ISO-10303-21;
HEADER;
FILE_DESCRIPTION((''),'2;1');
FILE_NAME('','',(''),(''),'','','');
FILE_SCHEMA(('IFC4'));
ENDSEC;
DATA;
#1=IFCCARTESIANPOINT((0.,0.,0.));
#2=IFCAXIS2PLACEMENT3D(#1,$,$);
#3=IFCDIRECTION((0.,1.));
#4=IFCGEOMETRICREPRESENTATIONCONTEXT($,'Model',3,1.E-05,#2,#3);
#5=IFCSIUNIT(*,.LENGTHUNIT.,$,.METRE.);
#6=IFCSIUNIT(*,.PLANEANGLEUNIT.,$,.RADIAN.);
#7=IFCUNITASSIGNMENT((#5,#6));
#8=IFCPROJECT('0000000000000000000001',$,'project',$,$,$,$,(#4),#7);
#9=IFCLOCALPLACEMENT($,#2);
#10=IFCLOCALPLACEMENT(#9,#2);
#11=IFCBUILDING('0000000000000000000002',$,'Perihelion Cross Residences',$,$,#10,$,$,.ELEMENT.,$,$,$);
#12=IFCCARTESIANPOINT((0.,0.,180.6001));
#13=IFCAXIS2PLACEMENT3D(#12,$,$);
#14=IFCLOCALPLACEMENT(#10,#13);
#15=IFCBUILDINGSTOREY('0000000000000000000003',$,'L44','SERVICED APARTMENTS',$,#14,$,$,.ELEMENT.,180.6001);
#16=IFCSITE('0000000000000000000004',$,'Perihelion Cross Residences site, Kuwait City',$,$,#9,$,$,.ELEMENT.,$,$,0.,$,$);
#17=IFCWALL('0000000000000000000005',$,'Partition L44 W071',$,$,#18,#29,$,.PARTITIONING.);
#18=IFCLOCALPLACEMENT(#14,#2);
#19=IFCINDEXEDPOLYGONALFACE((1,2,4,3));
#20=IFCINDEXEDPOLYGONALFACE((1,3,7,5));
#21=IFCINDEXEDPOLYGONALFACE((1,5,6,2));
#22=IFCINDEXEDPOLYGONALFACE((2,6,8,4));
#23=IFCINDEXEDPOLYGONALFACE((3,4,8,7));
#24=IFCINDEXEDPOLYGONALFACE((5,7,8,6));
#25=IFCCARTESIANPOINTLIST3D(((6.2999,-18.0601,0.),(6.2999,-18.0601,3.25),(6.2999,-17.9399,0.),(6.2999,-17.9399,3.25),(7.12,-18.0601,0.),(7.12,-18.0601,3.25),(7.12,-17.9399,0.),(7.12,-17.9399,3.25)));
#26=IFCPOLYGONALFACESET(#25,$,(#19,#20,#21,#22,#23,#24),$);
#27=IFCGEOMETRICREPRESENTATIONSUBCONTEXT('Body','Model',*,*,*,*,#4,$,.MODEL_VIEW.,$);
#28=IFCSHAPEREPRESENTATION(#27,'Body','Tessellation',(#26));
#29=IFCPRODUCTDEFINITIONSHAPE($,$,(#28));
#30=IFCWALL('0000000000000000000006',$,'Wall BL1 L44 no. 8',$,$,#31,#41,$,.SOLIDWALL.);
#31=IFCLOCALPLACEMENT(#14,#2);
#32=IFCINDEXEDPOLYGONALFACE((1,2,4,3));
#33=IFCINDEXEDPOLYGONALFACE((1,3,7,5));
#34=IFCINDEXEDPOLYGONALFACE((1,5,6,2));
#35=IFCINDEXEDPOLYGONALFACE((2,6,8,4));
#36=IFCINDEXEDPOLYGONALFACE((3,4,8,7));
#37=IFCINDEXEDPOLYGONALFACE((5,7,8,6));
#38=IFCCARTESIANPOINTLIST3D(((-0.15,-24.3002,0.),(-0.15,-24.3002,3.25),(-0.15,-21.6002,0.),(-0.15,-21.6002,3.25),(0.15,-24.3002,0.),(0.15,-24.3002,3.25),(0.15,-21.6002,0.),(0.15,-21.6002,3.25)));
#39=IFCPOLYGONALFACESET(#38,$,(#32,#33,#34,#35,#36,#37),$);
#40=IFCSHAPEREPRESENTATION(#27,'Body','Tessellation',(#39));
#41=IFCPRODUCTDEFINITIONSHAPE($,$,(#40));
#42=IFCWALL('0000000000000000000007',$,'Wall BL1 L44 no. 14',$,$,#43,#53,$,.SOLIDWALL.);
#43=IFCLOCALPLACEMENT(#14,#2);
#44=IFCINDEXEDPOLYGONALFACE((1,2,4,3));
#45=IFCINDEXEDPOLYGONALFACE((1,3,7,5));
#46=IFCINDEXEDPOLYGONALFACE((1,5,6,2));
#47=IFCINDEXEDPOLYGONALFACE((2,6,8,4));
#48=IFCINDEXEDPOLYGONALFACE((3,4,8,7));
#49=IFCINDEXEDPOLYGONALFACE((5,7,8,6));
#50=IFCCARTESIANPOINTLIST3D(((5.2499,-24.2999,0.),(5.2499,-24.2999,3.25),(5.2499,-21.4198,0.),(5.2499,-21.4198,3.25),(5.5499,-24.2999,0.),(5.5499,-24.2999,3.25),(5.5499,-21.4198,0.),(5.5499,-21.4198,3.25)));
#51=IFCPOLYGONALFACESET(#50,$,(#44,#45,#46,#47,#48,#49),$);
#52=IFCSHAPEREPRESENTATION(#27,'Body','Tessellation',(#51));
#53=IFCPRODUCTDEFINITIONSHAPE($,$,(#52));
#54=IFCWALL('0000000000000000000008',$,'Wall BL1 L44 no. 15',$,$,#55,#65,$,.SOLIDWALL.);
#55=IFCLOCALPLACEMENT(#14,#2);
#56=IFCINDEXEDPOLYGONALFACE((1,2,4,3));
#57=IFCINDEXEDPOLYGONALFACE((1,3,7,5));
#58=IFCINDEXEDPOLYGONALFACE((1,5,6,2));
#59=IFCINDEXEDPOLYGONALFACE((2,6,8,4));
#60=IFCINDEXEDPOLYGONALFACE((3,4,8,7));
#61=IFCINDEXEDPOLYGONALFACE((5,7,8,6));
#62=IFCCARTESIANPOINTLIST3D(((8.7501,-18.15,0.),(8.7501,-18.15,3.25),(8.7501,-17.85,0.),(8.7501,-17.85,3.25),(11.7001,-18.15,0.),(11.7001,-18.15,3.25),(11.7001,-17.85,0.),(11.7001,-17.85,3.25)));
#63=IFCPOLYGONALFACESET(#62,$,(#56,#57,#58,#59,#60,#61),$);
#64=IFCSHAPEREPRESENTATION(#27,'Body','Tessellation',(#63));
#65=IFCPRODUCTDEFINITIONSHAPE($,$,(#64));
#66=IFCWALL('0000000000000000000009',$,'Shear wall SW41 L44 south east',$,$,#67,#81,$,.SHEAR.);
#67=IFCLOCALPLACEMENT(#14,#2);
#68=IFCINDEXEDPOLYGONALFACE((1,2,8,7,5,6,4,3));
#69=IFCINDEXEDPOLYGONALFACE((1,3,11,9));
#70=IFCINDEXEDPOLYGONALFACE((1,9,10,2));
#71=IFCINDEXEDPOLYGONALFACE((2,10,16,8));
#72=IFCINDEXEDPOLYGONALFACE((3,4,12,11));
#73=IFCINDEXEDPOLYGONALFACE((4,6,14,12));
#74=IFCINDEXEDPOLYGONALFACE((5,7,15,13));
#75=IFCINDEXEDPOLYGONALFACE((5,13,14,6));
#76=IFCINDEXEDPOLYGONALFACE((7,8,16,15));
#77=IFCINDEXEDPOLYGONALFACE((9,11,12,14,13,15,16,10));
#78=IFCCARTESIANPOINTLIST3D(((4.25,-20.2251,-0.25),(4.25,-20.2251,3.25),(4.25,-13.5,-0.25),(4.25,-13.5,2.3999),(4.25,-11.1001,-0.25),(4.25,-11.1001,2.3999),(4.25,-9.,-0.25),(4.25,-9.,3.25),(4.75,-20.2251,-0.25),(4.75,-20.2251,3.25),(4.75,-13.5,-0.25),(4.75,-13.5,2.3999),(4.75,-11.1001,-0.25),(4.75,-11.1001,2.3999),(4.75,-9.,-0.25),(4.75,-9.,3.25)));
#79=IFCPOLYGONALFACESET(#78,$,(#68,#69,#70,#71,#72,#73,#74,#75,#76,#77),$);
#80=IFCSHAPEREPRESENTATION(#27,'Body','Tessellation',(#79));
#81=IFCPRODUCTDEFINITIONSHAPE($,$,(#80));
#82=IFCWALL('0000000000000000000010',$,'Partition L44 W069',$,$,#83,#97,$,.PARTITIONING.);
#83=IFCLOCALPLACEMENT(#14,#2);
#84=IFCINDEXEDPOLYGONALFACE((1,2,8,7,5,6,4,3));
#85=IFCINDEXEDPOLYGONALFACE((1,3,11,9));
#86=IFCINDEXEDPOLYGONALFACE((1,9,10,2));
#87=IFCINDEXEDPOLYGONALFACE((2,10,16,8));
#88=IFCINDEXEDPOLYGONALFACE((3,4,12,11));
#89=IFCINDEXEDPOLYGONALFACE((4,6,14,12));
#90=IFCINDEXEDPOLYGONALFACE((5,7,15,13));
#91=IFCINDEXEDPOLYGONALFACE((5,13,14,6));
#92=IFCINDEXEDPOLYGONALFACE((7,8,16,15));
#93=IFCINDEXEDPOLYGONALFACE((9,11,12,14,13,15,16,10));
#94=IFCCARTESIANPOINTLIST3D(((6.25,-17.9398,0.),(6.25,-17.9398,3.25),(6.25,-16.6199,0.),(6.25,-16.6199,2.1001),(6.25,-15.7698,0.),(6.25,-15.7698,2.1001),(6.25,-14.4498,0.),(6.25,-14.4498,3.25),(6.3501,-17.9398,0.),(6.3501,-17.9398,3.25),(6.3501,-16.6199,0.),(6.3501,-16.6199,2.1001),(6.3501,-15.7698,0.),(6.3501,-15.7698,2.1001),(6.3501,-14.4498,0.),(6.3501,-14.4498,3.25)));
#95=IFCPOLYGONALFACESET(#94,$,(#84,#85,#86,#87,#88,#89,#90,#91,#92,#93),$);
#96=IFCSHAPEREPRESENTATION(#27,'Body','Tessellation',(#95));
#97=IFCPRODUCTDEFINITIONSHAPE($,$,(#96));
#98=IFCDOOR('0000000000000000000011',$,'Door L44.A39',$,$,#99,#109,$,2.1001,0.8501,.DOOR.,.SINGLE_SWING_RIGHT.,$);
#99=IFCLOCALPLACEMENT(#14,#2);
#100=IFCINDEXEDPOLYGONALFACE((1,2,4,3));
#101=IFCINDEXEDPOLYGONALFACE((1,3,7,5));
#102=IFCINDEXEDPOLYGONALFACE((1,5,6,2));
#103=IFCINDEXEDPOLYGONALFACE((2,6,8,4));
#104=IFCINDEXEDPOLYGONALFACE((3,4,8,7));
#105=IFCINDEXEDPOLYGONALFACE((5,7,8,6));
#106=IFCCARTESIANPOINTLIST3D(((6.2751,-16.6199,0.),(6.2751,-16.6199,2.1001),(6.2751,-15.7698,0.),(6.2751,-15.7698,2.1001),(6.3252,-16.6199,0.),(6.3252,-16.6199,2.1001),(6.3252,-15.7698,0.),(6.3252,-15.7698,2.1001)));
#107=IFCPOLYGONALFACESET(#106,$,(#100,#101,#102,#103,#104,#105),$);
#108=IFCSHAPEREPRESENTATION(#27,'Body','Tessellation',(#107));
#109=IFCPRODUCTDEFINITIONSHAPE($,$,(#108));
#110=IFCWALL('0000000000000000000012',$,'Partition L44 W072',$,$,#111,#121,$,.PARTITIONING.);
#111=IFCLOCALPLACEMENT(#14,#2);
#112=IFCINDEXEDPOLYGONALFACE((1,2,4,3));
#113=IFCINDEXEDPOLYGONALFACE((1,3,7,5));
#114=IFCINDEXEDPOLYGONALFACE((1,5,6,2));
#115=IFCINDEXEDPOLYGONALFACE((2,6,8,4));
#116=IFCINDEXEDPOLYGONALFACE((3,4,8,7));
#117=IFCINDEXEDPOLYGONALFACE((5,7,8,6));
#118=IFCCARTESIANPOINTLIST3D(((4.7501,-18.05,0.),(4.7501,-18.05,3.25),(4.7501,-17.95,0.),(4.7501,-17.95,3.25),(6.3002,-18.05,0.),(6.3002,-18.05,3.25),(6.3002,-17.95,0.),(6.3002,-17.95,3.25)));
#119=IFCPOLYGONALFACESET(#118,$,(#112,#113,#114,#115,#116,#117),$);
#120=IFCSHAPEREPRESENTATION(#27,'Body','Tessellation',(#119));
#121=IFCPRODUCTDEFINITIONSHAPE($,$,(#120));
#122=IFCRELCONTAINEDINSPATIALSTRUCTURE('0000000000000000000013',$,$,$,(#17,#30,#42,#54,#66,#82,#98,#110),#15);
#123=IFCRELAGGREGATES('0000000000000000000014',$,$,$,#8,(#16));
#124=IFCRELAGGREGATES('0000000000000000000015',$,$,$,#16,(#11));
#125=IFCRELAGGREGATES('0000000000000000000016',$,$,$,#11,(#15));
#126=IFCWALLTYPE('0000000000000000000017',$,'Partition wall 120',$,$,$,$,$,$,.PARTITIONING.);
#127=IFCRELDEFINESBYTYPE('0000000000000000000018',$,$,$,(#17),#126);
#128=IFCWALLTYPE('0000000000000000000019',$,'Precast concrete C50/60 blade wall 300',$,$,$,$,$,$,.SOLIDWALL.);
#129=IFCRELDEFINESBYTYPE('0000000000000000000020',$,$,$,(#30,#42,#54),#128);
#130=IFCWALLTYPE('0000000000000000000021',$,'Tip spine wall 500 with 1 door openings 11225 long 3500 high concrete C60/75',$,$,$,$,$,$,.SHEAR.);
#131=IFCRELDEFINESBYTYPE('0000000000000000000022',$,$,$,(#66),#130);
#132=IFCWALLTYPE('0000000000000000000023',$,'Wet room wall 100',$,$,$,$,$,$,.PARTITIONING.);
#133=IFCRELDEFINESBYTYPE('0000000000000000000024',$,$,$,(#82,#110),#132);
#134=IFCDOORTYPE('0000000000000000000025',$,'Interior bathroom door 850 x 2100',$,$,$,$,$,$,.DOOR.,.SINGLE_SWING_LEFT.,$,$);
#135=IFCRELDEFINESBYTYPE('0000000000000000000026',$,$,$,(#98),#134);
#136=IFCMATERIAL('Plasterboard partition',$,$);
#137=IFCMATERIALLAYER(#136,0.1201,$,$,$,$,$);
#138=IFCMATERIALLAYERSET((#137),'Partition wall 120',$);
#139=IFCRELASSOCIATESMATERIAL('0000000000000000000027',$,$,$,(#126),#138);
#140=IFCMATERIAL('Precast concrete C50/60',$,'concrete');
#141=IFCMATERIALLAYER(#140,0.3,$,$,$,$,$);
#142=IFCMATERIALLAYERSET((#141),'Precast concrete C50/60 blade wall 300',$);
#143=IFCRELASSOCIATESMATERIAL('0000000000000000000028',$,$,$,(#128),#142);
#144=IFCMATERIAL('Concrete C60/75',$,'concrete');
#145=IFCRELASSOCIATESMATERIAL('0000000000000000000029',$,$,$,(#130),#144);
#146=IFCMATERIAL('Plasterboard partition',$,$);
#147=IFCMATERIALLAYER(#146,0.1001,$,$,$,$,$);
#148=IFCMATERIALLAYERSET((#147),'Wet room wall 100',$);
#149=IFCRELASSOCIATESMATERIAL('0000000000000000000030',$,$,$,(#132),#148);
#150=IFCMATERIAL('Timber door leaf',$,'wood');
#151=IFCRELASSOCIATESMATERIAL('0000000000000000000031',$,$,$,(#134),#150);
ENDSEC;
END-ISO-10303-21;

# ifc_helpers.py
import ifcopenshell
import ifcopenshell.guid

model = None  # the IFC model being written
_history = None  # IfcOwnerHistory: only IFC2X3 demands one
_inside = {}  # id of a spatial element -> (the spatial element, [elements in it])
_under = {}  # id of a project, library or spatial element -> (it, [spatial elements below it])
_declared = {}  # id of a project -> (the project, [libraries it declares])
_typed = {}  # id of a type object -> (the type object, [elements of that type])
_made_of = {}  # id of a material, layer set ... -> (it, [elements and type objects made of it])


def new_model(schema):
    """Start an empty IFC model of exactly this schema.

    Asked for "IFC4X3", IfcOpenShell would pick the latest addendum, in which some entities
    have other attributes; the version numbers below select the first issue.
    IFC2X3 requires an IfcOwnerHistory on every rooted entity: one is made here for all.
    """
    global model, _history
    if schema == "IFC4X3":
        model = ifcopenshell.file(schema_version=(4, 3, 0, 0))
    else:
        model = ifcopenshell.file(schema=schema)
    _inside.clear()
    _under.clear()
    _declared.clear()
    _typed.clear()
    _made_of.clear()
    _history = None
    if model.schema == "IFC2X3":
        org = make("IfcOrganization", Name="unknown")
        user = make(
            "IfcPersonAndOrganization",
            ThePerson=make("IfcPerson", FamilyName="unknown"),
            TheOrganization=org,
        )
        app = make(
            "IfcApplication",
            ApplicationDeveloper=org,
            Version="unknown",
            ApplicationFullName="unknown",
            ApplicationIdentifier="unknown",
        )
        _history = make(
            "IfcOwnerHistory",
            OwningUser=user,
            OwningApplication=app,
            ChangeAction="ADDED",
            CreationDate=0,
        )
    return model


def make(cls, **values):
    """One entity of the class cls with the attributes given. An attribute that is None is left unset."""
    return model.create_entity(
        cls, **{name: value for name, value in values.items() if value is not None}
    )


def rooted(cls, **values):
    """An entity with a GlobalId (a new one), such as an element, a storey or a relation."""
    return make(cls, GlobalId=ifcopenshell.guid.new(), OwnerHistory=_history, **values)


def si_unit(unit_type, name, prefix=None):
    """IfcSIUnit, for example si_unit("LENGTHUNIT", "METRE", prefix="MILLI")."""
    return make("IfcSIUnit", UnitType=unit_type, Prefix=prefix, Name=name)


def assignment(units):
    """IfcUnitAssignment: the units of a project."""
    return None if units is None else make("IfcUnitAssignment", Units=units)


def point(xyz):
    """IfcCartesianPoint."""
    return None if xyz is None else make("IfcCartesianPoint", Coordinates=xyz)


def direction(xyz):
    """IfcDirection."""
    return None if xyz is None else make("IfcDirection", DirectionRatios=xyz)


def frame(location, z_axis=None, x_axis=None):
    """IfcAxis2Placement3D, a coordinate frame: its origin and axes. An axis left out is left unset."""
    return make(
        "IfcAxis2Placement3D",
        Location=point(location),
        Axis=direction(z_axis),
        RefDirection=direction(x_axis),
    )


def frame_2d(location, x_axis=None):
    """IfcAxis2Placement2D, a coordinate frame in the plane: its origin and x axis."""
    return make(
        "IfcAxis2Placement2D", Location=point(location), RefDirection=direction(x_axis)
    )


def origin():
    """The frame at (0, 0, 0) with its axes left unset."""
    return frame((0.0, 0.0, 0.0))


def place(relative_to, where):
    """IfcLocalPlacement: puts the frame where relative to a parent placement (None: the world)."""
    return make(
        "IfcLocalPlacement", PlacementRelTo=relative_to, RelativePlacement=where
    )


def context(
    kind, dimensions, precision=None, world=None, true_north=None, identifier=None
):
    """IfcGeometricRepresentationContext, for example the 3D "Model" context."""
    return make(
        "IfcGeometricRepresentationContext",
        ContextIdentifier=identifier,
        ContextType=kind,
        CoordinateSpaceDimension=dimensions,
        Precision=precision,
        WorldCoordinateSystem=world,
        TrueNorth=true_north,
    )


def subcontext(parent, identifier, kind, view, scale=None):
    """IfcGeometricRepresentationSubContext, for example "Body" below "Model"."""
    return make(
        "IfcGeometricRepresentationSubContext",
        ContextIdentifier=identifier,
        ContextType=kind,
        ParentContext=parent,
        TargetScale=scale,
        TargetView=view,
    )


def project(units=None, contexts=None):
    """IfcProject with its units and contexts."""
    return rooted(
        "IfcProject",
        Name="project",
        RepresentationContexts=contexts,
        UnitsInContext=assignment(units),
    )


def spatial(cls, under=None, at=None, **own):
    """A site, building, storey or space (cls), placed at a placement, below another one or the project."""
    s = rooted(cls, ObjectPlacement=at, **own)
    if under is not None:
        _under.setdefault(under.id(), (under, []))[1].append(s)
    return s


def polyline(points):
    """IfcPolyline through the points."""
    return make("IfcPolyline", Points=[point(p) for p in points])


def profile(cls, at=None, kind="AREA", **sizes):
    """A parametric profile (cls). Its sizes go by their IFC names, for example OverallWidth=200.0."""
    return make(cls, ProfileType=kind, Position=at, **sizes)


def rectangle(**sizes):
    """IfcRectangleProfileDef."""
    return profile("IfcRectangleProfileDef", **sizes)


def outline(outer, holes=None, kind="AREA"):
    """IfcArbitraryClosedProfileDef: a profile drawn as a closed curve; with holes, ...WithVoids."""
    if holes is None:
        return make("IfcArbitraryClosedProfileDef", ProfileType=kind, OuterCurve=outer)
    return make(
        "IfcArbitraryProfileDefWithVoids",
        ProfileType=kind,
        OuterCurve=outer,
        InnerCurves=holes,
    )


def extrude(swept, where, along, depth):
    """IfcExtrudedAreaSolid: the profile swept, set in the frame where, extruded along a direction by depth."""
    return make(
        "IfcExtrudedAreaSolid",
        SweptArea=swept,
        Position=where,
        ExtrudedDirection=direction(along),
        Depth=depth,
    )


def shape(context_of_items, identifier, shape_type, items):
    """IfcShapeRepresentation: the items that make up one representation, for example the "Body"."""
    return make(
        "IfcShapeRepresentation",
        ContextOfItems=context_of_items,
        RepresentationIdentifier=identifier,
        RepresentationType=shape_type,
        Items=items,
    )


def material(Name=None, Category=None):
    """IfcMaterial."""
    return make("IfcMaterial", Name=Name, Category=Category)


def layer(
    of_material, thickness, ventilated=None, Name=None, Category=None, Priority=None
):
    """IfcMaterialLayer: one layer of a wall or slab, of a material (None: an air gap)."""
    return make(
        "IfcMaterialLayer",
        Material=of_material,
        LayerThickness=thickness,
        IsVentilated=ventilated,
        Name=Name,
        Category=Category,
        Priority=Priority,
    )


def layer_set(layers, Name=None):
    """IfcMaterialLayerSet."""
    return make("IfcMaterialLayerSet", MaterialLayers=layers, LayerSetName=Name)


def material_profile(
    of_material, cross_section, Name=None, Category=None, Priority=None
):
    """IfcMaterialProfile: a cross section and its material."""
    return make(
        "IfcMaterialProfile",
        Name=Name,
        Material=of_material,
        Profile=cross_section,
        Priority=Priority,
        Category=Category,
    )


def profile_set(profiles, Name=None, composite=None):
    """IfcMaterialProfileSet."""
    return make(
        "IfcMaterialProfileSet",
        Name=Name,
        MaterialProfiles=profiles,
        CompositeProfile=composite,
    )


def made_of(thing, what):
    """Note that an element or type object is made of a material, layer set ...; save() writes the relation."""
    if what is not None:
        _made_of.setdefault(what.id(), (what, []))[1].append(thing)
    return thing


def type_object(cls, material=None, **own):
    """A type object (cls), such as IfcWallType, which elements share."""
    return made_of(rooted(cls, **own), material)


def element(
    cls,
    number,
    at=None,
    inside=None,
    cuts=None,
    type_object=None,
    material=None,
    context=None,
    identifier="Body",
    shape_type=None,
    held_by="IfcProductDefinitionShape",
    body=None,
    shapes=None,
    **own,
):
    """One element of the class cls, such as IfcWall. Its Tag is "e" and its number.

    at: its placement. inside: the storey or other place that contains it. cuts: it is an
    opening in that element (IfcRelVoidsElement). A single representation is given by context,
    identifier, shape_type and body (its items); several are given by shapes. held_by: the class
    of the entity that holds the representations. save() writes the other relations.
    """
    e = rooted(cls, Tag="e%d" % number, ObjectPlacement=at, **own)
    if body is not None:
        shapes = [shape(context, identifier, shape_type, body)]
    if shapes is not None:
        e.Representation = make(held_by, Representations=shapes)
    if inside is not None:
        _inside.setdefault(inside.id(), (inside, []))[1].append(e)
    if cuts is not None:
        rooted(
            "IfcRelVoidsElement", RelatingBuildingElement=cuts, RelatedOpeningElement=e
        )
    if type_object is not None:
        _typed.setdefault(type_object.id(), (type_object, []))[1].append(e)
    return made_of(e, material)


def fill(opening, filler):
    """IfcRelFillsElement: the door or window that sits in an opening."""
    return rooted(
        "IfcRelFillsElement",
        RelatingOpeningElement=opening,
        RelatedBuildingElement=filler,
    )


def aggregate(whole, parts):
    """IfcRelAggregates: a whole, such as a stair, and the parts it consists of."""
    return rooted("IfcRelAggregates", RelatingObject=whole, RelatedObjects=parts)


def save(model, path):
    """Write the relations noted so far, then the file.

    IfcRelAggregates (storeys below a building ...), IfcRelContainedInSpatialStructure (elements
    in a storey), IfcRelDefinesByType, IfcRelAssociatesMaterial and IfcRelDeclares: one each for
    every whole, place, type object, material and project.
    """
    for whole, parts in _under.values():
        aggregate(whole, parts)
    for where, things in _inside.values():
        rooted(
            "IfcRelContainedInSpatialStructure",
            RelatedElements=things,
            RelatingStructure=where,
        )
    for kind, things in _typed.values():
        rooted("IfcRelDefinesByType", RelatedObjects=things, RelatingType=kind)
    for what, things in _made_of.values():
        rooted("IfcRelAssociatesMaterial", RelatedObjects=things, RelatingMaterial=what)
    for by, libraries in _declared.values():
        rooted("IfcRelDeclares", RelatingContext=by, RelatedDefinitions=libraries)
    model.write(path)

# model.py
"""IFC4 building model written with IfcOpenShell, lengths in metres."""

from ifc_helpers import new_model, si_unit, direction, frame, frame_2d, origin, place, context, subcontext, project, spatial, polyline, rectangle, outline, extrude, material, layer, layer_set, material_profile, profile_set, type_object, element, fill, save


model = new_model("IFC4")

# Units and contexts
model_context = context("Model", 3, precision=1e-05, world=origin(), true_north=direction((0.0, 1.0)))
body_context = subcontext(model_context, "Body", "Model", "MODEL_VIEW")
ifc_project = project(units=[si_unit("LENGTHUNIT", "METRE"), si_unit("PLANEANGLEUNIT", "RADIAN")], contexts=[model_context])

# Site, building, storey
site_placement = place(None, origin())
site = spatial("IfcSite", under=ifc_project, at=site_placement, Name="Perihelion Cross Residences site, Kuwait City", CompositionType="ELEMENT", RefElevation=0.0)
building_placement = place(site_placement, origin())
building = spatial("IfcBuilding", under=site, at=building_placement, Name="Perihelion Cross Residences", CompositionType="ELEMENT")
storey_placement = place(building_placement, frame((0.0, 0.0, 180.6001)))
storey = spatial("IfcBuildingStorey", under=building, at=storey_placement, Name="L44", Description="SERVICED APARTMENTS", CompositionType="ELEMENT", Elevation=180.6001)

# Shared definitions
ifc_material_1 = material(Name="Plasterboard partition")
ifc_layer_1 = layer(ifc_material_1, 0.1201)
ifc_layer_set_1 = layer_set([ifc_layer_1], Name="Partition wall 120")
wall_type_1 = type_object("IfcWallType", Name="Partition wall 120", PredefinedType="PARTITIONING", material=ifc_layer_set_1)

# Walls
wall_1_placement = place(storey_placement, frame((7.1201, -18.0, 0.0), z_axis=(0.0, 0.0, 1.0), x_axis=(-1.0, 0.0, 0.0)))
element("IfcWall", 1, at=wall_1_placement, inside=storey, type_object=wall_type_1, Name="Partition L44 W071", PredefinedType="PARTITIONING", context=body_context, shape_type="SweptSolid", body=[
    extrude(rectangle(XDim=0.8201, YDim=0.1201, at=frame_2d((0.4102, 0.0))), origin(), (0.0, 0.0, 1.0), 3.25),
])
ifc_material_2 = material(Name="Precast concrete C50/60", Category="concrete")
ifc_layer_2 = layer(ifc_material_2, 0.3)
ifc_layer_set_2 = layer_set([ifc_layer_2], Name="Precast concrete C50/60 blade wall 300")
wall_type_2 = type_object("IfcWallType", Name="Precast concrete C50/60 blade wall 300", PredefinedType="SOLIDWALL", material=ifc_layer_set_2)
wall_2_placement = place(storey_placement, frame((0.0, -21.6001, 0.0), z_axis=(0.0, 0.0, 1.0), x_axis=(0.0, -1.0, 0.0)))
element("IfcWall", 2, at=wall_2_placement, inside=storey, type_object=wall_type_2, Name="Wall BL1 L44 no. 8", PredefinedType="SOLIDWALL", context=body_context, shape_type="SweptSolid", body=[
    extrude(rectangle(XDim=2.7, YDim=0.3, at=frame_2d((1.3501, 0.0))), origin(), (0.0, 0.0, 1.0), 3.25),
])
wall_3_placement = place(storey_placement, frame((5.3999, -21.4199, 0.0), z_axis=(0.0, 0.0, 1.0), x_axis=(0.0, -1.0, 0.0)))
element("IfcWall", 3, at=wall_3_placement, inside=storey, type_object=wall_type_2, Name="Wall BL1 L44 no. 14", PredefinedType="SOLIDWALL", context=body_context, shape_type="SweptSolid", body=[
    extrude(rectangle(XDim=2.8801, YDim=0.3, at=frame_2d((1.4399, 0.0))), origin(), (0.0, 0.0, 1.0), 3.25),
])
wall_4_placement = place(storey_placement, frame((8.75, -18.0, 0.0), z_axis=(0.0, 0.0, 1.0), x_axis=(1.0, 0.0, 0.0)))
element("IfcWall", 4, at=wall_4_placement, inside=storey, type_object=wall_type_2, Name="Wall BL1 L44 no. 15", PredefinedType="SOLIDWALL", context=body_context, shape_type="SweptSolid", body=[
    extrude(rectangle(XDim=2.95, YDim=0.3, at=frame_2d((1.4751, 0.0))), origin(), (0.0, 0.0, 1.0), 3.25),
])
ifc_material_3 = material(Name="Concrete C60/75", Category="concrete")
ifc_material_profile_1 = material_profile(ifc_material_3, outline(polyline([(0.0, 0.0), (6.7251, 0.0), (6.7251, 2.6499), (9.125, 2.6499), (9.125, 0.0), (11.2251, 0.0), (11.2251, 3.5), (0.0, 3.5), (0.0, 0.0)])), Name="Tip spine wall")
ifc_profile_set_1 = profile_set([ifc_material_profile_1], Name="Concrete C60/75")
wall_type_3 = type_object("IfcWallType", Name="Tip spine wall 500 with 1 door openings 11225 long 3500 high concrete C60/75", PredefinedType="SHEAR", material=ifc_profile_set_1)
wall_5_placement = place(storey_placement, frame((4.25, -20.2251, -0.25), z_axis=(1.0, 0.0, 0.0), x_axis=(0.0, 1.0, 0.0)))
element("IfcWall", 5, at=wall_5_placement, inside=storey, type_object=wall_type_3, Name="Shear wall SW41 L44 south east", PredefinedType="SHEAR", context=body_context, shape_type="SweptSolid", body=[
    extrude(outline(polyline([(0.0, 0.0), (6.7251, 0.0), (6.7251, 2.6499), (9.125, 2.6499), (9.125, 0.0), (11.2251, 0.0), (11.2251, 3.5), (0.0, 3.5), (0.0, 0.0)])), origin(), (0.0, 0.0, 1.0), 0.5),
])

# Wall, opening, door
ifc_material_4 = material(Name="Plasterboard partition")
ifc_layer_3 = layer(ifc_material_4, 0.1001)
ifc_layer_set_3 = layer_set([ifc_layer_3], Name="Wet room wall 100")
wall_type_4 = type_object("IfcWallType", Name="Wet room wall 100", PredefinedType="PARTITIONING", material=ifc_layer_set_3)
wall_6_placement = place(storey_placement, frame((6.3, -17.9399, 0.0), z_axis=(0.0, 0.0, 1.0), x_axis=(0.0, 1.0, 0.0)))
wall_6 = element("IfcWall", 6, at=wall_6_placement, inside=storey, type_object=wall_type_4, Name="Partition L44 W069", PredefinedType="PARTITIONING", context=body_context, shape_type="SweptSolid", body=[
    extrude(rectangle(XDim=3.49, YDim=0.1001, at=frame_2d((1.7451, 0.0))), origin(), (0.0, 0.0, 1.0), 3.25),
])
opening_1_placement = place(wall_6_placement, frame((1.3201, 0.0, 0.0)))
opening_1 = element("IfcOpeningElement", 7, at=opening_1_placement, cuts=wall_6, PredefinedType="OPENING", context=body_context, shape_type="SweptSolid", body=[
    extrude(rectangle(XDim=0.8501, YDim=2.1001, at=frame_2d((0.425, 1.05))), frame((0.0, 0.0601, 0.0), z_axis=(0.0, -1.0, 0.0), x_axis=(1.0, 0.0, 0.0)), (0.0, 0.0, 1.0), 0.1201),
])
ifc_material_5 = material(Name="Timber door leaf", Category="wood")
door_type_1 = type_object("IfcDoorType", Name="Interior bathroom door 850 x 2100", OperationType="SINGLE_SWING_LEFT", PredefinedType="DOOR", material=ifc_material_5)
door_1_placement = place(opening_1_placement, origin())
door_1 = element("IfcDoor", 8, at=door_1_placement, inside=storey, type_object=door_type_1, Name="Door L44.A39", OperationType="SINGLE_SWING_RIGHT", OverallHeight=2.1001, OverallWidth=0.8501, PredefinedType="DOOR", context=body_context, shape_type="SweptSolid", body=[
    extrude(rectangle(XDim=0.8501, YDim=2.1001, at=frame_2d((0.425, 1.05))), frame((0.0, 0.0249, 0.0), z_axis=(0.0, -1.0, 0.0), x_axis=(1.0, 0.0, 0.0)), (0.0, 0.0, 1.0), 0.05),
])
fill(opening_1, door_1)

# Wall
wall_7_placement = place(storey_placement, frame((6.3, -18.0, 0.0), z_axis=(0.0, 0.0, 1.0), x_axis=(-1.0, 0.0, 0.0)))
element("IfcWall", 9, at=wall_7_placement, inside=storey, type_object=wall_type_4, Name="Partition L44 W072", PredefinedType="PARTITIONING", context=body_context, shape_type="SweptSolid", body=[
    extrude(rectangle(XDim=1.55, YDim=0.1001, at=frame_2d((0.7749, 0.0))), origin(), (0.0, 0.0, 1.0), 3.25),
])

save(model, "model.ifc")
